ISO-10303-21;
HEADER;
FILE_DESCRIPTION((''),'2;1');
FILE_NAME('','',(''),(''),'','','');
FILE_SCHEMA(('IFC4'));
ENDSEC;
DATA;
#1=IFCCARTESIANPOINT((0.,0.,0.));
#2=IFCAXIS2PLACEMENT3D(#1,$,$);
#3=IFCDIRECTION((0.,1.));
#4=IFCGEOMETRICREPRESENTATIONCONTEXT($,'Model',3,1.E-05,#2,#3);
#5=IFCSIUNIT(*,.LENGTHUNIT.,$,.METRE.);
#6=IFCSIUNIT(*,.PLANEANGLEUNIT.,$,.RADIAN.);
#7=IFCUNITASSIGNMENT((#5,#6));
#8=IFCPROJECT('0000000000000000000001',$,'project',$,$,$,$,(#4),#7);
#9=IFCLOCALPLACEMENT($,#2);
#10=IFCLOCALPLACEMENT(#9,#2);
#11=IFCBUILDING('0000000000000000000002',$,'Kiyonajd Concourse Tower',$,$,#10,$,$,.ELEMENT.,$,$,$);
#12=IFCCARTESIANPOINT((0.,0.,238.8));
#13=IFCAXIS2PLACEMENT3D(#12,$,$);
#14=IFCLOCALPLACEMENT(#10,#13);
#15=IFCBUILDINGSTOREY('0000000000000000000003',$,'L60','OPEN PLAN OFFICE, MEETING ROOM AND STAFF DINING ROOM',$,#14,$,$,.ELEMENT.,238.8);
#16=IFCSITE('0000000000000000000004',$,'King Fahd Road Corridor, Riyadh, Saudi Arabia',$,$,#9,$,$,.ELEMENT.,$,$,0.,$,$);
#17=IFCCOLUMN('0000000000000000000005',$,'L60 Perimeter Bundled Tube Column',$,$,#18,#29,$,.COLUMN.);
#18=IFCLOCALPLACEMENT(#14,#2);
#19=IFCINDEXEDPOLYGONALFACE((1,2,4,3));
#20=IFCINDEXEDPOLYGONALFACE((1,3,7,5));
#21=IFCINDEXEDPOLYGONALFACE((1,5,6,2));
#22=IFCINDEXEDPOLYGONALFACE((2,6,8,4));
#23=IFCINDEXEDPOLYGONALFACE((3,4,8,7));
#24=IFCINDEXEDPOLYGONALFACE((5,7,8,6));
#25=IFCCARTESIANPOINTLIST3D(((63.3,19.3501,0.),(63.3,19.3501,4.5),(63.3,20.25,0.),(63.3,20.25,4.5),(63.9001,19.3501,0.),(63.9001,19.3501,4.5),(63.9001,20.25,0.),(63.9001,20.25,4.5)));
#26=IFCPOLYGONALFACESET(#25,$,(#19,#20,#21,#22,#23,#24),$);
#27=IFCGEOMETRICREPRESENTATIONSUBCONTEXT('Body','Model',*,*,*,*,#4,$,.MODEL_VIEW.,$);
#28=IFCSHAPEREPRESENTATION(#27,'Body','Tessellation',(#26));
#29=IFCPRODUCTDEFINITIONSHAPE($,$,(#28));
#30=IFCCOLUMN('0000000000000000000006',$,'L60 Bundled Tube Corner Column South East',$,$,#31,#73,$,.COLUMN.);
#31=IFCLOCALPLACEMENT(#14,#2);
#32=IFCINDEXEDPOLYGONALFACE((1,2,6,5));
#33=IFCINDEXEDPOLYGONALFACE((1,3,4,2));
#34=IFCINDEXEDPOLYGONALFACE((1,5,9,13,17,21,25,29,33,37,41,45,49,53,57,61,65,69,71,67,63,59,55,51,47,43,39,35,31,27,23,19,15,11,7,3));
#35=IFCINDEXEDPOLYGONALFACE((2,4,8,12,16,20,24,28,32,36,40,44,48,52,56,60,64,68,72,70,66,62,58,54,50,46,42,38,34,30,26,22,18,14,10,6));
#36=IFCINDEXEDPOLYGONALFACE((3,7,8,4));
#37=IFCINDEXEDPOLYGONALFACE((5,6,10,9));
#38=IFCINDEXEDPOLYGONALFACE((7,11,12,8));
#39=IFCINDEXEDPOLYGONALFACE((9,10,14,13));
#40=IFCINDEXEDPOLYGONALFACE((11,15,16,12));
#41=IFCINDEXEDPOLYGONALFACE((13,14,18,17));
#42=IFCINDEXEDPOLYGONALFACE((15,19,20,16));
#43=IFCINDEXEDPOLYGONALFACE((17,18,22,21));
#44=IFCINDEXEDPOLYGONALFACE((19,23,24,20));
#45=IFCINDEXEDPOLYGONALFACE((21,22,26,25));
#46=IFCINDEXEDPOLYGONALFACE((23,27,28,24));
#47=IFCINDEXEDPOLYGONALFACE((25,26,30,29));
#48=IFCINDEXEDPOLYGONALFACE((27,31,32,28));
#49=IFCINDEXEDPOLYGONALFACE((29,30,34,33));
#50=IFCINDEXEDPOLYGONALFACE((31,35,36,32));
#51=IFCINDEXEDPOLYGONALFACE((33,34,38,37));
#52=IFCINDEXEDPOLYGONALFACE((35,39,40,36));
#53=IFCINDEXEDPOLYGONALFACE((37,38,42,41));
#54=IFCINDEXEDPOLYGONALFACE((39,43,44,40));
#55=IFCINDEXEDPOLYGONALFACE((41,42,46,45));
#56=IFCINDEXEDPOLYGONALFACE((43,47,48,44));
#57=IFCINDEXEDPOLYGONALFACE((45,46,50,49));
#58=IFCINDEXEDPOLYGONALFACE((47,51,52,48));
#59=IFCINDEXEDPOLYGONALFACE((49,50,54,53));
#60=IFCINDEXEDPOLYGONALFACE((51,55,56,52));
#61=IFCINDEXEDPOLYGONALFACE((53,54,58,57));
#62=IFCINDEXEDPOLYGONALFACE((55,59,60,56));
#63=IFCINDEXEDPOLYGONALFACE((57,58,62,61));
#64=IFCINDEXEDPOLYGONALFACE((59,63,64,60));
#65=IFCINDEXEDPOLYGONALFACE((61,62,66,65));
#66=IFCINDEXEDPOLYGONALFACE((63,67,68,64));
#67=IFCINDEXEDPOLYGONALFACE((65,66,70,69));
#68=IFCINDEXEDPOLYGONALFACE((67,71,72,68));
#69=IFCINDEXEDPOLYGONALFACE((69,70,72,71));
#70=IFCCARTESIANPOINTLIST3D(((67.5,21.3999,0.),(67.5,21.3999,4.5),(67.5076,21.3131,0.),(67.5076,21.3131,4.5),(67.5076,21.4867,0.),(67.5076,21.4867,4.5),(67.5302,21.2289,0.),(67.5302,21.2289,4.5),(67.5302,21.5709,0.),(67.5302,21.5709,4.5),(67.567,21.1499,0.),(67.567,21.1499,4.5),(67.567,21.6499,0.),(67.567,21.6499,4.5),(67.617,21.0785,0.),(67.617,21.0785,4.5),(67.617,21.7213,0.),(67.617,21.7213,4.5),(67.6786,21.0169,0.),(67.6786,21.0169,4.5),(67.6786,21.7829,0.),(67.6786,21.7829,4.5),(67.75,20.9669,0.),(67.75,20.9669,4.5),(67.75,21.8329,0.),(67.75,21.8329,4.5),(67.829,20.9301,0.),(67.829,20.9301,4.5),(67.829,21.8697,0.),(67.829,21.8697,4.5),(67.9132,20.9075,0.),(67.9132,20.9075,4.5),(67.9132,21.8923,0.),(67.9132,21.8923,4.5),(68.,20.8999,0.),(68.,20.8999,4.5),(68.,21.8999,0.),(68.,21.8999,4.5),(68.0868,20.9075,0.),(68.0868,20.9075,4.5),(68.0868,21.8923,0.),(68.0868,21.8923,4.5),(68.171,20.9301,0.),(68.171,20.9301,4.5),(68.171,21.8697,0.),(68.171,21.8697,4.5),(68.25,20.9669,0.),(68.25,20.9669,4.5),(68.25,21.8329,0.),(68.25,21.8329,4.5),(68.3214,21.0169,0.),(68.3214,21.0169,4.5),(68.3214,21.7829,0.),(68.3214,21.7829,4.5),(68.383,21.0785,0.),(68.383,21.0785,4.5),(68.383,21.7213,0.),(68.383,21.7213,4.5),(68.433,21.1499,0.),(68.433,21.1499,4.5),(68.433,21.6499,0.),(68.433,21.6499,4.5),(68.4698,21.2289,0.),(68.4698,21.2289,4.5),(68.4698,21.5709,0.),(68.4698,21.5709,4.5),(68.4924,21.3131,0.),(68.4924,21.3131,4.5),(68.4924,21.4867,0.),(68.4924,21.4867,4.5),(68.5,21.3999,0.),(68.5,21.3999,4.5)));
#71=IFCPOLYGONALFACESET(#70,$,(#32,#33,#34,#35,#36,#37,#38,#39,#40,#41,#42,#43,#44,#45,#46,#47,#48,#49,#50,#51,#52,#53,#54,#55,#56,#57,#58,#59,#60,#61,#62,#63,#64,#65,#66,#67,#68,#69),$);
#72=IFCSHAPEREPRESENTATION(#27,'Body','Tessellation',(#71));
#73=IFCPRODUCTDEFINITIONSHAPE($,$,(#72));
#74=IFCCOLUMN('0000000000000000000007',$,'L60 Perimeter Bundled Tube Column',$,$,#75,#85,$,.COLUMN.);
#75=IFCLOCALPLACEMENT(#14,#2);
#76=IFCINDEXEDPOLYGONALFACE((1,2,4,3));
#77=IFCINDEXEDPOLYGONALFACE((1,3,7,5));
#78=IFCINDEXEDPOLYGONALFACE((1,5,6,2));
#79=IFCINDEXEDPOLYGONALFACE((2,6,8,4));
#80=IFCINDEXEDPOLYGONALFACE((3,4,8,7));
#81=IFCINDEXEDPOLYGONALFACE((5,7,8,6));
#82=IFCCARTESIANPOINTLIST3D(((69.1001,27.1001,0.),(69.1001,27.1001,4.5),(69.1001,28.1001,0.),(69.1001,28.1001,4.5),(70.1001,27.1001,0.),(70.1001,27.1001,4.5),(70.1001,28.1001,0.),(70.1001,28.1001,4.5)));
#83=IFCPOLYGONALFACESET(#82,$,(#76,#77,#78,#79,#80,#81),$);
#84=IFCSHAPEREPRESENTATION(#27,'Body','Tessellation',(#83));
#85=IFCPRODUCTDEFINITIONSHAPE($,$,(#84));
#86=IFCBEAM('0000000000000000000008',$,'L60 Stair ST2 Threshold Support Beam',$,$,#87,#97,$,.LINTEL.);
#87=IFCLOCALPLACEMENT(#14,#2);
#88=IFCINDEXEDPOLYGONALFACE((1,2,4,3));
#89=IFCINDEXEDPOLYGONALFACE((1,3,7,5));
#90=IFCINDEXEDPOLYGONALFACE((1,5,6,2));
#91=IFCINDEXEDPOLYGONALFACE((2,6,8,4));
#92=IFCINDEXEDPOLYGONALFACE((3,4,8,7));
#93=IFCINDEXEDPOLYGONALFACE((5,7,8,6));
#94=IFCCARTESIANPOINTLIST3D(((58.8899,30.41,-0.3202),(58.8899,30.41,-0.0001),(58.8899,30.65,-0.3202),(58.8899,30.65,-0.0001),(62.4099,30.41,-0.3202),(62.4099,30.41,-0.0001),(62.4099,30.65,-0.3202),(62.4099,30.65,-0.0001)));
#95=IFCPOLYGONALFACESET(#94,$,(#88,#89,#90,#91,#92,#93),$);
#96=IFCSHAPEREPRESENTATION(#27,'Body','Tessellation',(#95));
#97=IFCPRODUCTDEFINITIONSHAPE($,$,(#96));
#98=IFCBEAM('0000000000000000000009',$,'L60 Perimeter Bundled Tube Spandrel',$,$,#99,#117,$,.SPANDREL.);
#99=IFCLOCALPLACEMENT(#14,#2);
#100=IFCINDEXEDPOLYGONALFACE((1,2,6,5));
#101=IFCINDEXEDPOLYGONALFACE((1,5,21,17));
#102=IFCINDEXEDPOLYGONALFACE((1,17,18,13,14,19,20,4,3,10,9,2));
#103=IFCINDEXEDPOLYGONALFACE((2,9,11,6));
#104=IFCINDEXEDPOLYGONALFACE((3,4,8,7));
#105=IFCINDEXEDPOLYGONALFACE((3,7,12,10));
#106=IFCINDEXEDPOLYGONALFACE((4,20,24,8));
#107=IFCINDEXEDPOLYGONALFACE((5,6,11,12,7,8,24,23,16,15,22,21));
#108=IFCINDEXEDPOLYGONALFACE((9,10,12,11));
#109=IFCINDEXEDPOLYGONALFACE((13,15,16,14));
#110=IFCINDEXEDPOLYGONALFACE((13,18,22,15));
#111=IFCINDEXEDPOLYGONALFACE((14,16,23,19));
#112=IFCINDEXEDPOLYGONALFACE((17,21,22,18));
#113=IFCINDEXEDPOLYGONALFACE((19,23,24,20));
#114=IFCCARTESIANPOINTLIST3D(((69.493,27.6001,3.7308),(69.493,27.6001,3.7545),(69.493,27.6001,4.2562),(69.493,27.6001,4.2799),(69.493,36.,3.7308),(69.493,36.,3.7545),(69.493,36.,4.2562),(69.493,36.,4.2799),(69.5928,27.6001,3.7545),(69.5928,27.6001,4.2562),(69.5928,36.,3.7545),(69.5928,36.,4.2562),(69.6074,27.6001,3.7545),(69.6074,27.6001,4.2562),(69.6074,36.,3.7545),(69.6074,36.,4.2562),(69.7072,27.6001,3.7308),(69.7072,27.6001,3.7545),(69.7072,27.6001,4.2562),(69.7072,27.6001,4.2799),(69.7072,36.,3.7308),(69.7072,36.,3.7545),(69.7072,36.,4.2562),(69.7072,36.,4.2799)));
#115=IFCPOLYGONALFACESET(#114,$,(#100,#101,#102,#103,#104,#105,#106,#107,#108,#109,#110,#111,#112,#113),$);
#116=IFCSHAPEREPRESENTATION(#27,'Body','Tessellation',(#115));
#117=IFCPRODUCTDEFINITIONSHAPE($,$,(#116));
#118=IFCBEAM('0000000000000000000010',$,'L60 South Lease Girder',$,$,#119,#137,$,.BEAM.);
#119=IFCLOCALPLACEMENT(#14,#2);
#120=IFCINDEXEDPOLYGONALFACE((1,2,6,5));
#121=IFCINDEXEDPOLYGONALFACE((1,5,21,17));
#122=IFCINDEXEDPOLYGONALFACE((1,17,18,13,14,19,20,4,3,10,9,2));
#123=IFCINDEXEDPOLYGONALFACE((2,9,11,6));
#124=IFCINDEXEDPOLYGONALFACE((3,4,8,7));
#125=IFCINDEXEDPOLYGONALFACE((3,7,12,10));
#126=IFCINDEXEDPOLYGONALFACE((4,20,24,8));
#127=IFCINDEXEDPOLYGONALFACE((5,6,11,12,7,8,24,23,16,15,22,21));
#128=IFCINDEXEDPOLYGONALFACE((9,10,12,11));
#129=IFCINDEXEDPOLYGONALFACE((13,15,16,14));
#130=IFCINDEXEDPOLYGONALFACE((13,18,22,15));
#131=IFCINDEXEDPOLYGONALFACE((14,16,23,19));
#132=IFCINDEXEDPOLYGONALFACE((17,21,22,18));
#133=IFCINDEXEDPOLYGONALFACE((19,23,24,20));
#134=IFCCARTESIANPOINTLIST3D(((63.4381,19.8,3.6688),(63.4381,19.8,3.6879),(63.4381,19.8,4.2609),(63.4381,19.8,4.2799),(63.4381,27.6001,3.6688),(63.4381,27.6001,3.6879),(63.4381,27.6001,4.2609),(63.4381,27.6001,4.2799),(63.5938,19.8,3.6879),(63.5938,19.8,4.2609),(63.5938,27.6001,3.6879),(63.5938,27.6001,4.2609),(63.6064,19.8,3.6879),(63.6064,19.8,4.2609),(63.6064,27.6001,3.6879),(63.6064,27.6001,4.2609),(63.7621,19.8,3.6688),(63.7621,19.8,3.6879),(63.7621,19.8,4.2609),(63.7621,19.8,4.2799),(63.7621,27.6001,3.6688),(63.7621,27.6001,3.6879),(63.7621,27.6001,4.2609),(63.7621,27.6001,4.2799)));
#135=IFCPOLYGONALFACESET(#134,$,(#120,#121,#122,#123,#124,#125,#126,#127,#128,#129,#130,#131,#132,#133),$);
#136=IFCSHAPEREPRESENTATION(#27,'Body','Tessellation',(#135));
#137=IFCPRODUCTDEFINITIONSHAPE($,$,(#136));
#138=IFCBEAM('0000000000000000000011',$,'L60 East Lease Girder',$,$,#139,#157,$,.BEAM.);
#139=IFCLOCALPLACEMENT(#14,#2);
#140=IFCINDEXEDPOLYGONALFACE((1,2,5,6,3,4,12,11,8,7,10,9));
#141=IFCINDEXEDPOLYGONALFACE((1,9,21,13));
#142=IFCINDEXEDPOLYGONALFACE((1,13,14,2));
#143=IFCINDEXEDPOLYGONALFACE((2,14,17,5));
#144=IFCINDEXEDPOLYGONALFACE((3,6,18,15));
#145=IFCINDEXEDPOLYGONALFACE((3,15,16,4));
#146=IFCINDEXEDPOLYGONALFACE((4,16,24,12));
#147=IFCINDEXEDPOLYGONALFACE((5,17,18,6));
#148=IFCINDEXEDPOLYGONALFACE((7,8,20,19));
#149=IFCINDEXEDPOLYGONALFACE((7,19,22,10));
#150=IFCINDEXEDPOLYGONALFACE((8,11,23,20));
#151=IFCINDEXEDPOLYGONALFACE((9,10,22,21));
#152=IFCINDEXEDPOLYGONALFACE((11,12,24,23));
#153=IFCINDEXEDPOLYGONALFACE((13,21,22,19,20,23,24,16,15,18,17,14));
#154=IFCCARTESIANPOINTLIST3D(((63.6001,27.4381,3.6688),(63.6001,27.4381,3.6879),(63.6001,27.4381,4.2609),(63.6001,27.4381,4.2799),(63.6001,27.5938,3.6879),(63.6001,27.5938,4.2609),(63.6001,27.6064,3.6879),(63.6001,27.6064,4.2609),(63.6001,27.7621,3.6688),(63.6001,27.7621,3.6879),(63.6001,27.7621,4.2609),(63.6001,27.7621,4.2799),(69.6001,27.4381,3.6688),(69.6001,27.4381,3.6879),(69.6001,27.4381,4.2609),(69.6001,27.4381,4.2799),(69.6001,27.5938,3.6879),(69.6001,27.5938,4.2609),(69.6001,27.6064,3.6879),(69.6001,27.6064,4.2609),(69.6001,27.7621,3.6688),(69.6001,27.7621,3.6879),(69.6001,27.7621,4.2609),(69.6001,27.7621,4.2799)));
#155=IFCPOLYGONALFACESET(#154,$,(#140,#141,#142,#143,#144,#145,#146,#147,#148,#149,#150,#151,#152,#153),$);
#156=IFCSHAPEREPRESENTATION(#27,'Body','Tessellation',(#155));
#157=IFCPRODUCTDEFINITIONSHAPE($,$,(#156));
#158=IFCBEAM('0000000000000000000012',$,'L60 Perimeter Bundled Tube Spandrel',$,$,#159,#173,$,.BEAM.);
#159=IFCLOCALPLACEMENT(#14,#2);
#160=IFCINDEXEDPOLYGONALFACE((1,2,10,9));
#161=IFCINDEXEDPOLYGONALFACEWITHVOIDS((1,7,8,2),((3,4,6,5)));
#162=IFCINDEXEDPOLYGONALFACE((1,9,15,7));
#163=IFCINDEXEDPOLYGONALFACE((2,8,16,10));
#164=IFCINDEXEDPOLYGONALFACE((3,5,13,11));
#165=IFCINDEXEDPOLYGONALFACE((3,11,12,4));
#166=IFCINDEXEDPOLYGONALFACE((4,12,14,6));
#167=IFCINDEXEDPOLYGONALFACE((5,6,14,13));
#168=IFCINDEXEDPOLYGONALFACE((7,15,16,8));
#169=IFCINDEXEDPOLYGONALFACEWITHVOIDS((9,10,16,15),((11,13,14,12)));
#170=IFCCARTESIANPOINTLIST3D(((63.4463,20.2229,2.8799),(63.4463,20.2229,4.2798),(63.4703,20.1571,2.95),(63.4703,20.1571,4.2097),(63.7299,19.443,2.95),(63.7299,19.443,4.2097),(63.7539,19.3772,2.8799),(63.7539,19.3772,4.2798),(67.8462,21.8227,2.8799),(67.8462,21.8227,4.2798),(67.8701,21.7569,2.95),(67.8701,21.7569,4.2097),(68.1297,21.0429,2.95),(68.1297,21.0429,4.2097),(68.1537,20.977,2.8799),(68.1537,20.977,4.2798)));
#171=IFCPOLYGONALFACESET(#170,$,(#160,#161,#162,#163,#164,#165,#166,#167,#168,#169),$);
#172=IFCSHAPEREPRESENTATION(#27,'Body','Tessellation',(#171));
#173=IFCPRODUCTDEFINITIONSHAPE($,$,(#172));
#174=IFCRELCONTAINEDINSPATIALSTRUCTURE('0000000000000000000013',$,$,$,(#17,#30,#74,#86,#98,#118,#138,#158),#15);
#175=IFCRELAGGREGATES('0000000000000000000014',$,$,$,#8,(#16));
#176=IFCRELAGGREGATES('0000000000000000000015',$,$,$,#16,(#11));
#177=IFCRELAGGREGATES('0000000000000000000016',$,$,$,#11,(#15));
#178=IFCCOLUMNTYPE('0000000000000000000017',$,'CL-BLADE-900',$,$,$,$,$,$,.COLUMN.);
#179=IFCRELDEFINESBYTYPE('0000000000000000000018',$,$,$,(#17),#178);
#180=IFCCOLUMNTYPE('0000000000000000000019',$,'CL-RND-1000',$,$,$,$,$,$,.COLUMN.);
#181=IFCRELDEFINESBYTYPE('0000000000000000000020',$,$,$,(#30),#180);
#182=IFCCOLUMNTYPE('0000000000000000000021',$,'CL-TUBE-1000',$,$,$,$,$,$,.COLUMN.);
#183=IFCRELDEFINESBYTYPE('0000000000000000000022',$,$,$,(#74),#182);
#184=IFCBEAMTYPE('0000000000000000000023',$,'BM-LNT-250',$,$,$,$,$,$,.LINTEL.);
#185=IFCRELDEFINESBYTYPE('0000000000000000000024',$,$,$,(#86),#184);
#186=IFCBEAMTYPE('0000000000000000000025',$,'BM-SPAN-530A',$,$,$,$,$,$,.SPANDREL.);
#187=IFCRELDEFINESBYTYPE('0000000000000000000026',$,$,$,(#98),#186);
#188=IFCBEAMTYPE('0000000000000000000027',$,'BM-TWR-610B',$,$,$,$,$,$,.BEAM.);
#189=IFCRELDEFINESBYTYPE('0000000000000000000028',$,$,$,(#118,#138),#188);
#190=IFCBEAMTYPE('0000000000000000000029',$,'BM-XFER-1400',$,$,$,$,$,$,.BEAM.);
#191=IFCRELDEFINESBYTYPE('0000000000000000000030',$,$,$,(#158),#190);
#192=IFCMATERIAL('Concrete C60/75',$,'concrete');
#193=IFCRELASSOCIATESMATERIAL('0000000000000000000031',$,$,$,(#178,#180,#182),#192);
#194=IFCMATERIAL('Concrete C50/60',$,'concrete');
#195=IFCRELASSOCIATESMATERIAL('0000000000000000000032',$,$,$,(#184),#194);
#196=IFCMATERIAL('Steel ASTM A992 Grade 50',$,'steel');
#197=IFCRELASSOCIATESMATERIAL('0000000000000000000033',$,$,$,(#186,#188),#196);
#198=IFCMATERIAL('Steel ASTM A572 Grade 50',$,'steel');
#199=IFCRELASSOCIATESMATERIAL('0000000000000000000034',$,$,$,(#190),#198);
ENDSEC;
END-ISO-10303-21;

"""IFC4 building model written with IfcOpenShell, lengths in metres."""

from ifc_helpers import new_model, si_unit, direction, frame, origin, origin_2d, place, context, subcontext, project, spatial, rectangle, hollow_rectangle, circle, i_section, extrude, material, material_profile, profile_set, type_object, element, save


model = new_model("IFC4")

# Units and contexts
model_context = context("Model", 3, precision=1e-05, world=origin(), true_north=direction((0.0, 1.0)))
body_context = subcontext(model_context, "Body", "Model", "MODEL_VIEW")
ifc_project = project(units=[si_unit("LENGTHUNIT", "METRE"), si_unit("PLANEANGLEUNIT", "RADIAN")], contexts=[model_context])

# Site, building, storey
site_placement = place(None, origin())
site = spatial("IfcSite", under=ifc_project, at=site_placement, Name="King Fahd Road Corridor, Riyadh, Saudi Arabia", CompositionType="ELEMENT", RefElevation=0.0)
building_placement = place(site_placement, origin())
building = spatial("IfcBuilding", under=site, at=building_placement, Name="Kiyonajd Concourse Tower", CompositionType="ELEMENT")
storey_placement = place(building_placement, frame((0.0, 0.0, 238.8)))
storey = spatial("IfcBuildingStorey", under=building, at=storey_placement, Name="L60", Description="OPEN PLAN OFFICE, MEETING ROOM AND STAFF DINING ROOM", CompositionType="ELEMENT", Elevation=238.8)

# Columns
ifc_material_1 = material(Name="Concrete C60/75", Category="concrete")
ifc_material_profile_1 = material_profile(ifc_material_1, rectangle(XDim=0.6001, YDim=0.8999, at=origin_2d()), Name="RC-900x600")
ifc_profile_set_1 = profile_set([ifc_material_profile_1], Name="Concrete C60/75")
column_type_1 = type_object("IfcColumnType", Name="CL-BLADE-900", PredefinedType="COLUMN", material=ifc_profile_set_1)
column_1_placement = place(storey_placement, frame((63.6001, 19.8, 0.0), z_axis=(0.0, 0.0, 1.0), x_axis=(1.0, 0.0, 0.0)))
element("IfcColumn", 1, at=column_1_placement, inside=storey, type_object=column_type_1, Name="L60 Perimeter Bundled Tube Column", PredefinedType="COLUMN", context=body_context, shape_type="SweptSolid", body=[
    extrude(rectangle(XDim=0.6001, YDim=0.8999, at=origin_2d()), origin(), (0.0, 0.0, 1.0), 4.5),
])
ifc_material_profile_2 = material_profile(ifc_material_1, circle(Radius=0.5, at=origin_2d()), Name="RCC-D1000")
ifc_profile_set_2 = profile_set([ifc_material_profile_2], Name="Concrete C60/75")
column_type_2 = type_object("IfcColumnType", Name="CL-RND-1000", PredefinedType="COLUMN", material=ifc_profile_set_2)
column_2_placement = place(storey_placement, frame((68.0, 21.3999, 0.0), z_axis=(0.0, 0.0, 1.0), x_axis=(1.0, 0.0, 0.0)))
element("IfcColumn", 2, at=column_2_placement, inside=storey, type_object=column_type_2, Name="L60 Bundled Tube Corner Column South East", PredefinedType="COLUMN", context=body_context, shape_type="SweptSolid", body=[
    extrude(circle(Radius=0.5, at=origin_2d()), origin(), (0.0, 0.0, 1.0), 4.5),
])
ifc_material_profile_3 = material_profile(ifc_material_1, rectangle(XDim=1.0, YDim=1.0, at=origin_2d()), Name="RC-1000x1000")
ifc_profile_set_3 = profile_set([ifc_material_profile_3], Name="Concrete C60/75")
column_type_3 = type_object("IfcColumnType", Name="CL-TUBE-1000", PredefinedType="COLUMN", material=ifc_profile_set_3)
column_3_placement = place(storey_placement, frame((69.6001, 27.6001, 0.0), z_axis=(0.0, 0.0, 1.0), x_axis=(1.0, 0.0, 0.0)))
element("IfcColumn", 3, at=column_3_placement, inside=storey, type_object=column_type_3, Name="L60 Perimeter Bundled Tube Column", PredefinedType="COLUMN", context=body_context, shape_type="SweptSolid", body=[
    extrude(rectangle(XDim=1.0, YDim=1.0, at=origin_2d()), origin(), (0.0, 0.0, 1.0), 4.5),
])

# Beams
ifc_material_2 = material(Name="Concrete C50/60", Category="concrete")
ifc_material_profile_4 = material_profile(ifc_material_2, rectangle(XDim=0.24, YDim=0.3201, at=origin_2d()), Name="RCBM-240x320")
ifc_profile_set_4 = profile_set([ifc_material_profile_4], Name="Concrete C50/60")
beam_type_1 = type_object("IfcBeamType", Name="BM-LNT-250", PredefinedType="LINTEL", material=ifc_profile_set_4)
beam_1_placement = place(storey_placement, frame((58.8899, 30.53, -0.1602), z_axis=(1.0, 0.0, 0.0), x_axis=(0.0, 1.0, 0.0)))
element("IfcBeam", 4, at=beam_1_placement, inside=storey, type_object=beam_type_1, Name="L60 Stair ST2 Threshold Support Beam", PredefinedType="LINTEL", context=body_context, shape_type="SweptSolid", body=[
    extrude(rectangle(XDim=0.24, YDim=0.3201, at=origin_2d()), origin(), (0.0, 0.0, 1.0), 3.52),
])
ifc_material_3 = material(Name="Steel ASTM A992 Grade 50", Category="steel")
ifc_material_profile_5 = material_profile(ifc_material_3, i_section(OverallWidth=0.2141, OverallDepth=0.5491, WebThickness=0.0146, FlangeThickness=0.0237, at=origin_2d()), Name="W530X138")
ifc_profile_set_5 = profile_set([ifc_material_profile_5], Name="Steel ASTM A992 Grade 50")
beam_type_2 = type_object("IfcBeamType", Name="BM-SPAN-530A", PredefinedType="SPANDREL", material=ifc_profile_set_5)
beam_2_placement = place(storey_placement, frame((69.6001, 27.6001, 4.0054), z_axis=(0.0, 1.0, 0.0), x_axis=(-1.0, 0.0, 0.0)))
element("IfcBeam", 5, at=beam_2_placement, inside=storey, type_object=beam_type_2, Name="L60 Perimeter Bundled Tube Spandrel", PredefinedType="SPANDREL", context=body_context, shape_type="SweptSolid", body=[
    extrude(i_section(OverallWidth=0.2141, OverallDepth=0.5491, WebThickness=0.0146, FlangeThickness=0.0237, at=origin_2d()), origin(), (0.0, 0.0, 1.0), 8.3999),
])
ifc_material_profile_6 = material_profile(ifc_material_3, i_section(OverallWidth=0.324, OverallDepth=0.6111, WebThickness=0.0127, FlangeThickness=0.019, at=origin_2d()), Name="W610X155")
ifc_profile_set_6 = profile_set([ifc_material_profile_6], Name="Steel ASTM A992 Grade 50")
beam_type_3 = type_object("IfcBeamType", Name="BM-TWR-610B", PredefinedType="BEAM", material=ifc_profile_set_6)
beam_3_placement = place(storey_placement, frame((63.6001, 19.8, 3.9744), z_axis=(0.0, 1.0, 0.0), x_axis=(-1.0, 0.0, 0.0)))
element("IfcBeam", 6, at=beam_3_placement, inside=storey, type_object=beam_type_3, Name="L60 South Lease Girder", PredefinedType="BEAM", context=body_context, shape_type="SweptSolid", body=[
    extrude(i_section(OverallWidth=0.324, OverallDepth=0.6111, WebThickness=0.0127, FlangeThickness=0.019, at=origin_2d()), origin(), (0.0, 0.0, 1.0), 7.8),
])
beam_4_placement = place(storey_placement, frame((63.6001, 27.6001, 3.9744), z_axis=(1.0, 0.0, 0.0), x_axis=(0.0, 1.0, 0.0)))
element("IfcBeam", 7, at=beam_4_placement, inside=storey, type_object=beam_type_3, Name="L60 East Lease Girder", PredefinedType="BEAM", context=body_context, shape_type="SweptSolid", body=[
    extrude(i_section(OverallWidth=0.324, OverallDepth=0.6111, WebThickness=0.0127, FlangeThickness=0.019, at=origin_2d()), origin(), (0.0, 0.0, 1.0), 6.0),
])
ifc_material_4 = material(Name="Steel ASTM A572 Grade 50", Category="steel")
ifc_material_profile_7 = material_profile(ifc_material_4, hollow_rectangle(XDim=0.8999, YDim=1.3999, WallThickness=0.0701, at=origin_2d()), Name="BOX-1400x900x70")
ifc_profile_set_7 = profile_set([ifc_material_profile_7], Name="Steel ASTM A572 Grade 50")
beam_type_4 = type_object("IfcBeamType", Name="BM-XFER-1400", PredefinedType="BEAM", material=ifc_profile_set_7)
beam_5_placement = place(storey_placement, frame((63.6001, 19.8, 3.5798), z_axis=(0.939801, 0.341722, 0.0), x_axis=(-0.341722, 0.939801, 0.0)))
element("IfcBeam", 8, at=beam_5_placement, inside=storey, type_object=beam_type_4, Name="L60 Perimeter Bundled Tube Spandrel", PredefinedType="BEAM", context=body_context, shape_type="SweptSolid", body=[
    extrude(hollow_rectangle(XDim=0.8999, YDim=1.3999, WallThickness=0.0701, at=origin_2d()), origin(), (0.0, 0.0, 1.0), 4.6816),
])

save(model, "model.ifc")
